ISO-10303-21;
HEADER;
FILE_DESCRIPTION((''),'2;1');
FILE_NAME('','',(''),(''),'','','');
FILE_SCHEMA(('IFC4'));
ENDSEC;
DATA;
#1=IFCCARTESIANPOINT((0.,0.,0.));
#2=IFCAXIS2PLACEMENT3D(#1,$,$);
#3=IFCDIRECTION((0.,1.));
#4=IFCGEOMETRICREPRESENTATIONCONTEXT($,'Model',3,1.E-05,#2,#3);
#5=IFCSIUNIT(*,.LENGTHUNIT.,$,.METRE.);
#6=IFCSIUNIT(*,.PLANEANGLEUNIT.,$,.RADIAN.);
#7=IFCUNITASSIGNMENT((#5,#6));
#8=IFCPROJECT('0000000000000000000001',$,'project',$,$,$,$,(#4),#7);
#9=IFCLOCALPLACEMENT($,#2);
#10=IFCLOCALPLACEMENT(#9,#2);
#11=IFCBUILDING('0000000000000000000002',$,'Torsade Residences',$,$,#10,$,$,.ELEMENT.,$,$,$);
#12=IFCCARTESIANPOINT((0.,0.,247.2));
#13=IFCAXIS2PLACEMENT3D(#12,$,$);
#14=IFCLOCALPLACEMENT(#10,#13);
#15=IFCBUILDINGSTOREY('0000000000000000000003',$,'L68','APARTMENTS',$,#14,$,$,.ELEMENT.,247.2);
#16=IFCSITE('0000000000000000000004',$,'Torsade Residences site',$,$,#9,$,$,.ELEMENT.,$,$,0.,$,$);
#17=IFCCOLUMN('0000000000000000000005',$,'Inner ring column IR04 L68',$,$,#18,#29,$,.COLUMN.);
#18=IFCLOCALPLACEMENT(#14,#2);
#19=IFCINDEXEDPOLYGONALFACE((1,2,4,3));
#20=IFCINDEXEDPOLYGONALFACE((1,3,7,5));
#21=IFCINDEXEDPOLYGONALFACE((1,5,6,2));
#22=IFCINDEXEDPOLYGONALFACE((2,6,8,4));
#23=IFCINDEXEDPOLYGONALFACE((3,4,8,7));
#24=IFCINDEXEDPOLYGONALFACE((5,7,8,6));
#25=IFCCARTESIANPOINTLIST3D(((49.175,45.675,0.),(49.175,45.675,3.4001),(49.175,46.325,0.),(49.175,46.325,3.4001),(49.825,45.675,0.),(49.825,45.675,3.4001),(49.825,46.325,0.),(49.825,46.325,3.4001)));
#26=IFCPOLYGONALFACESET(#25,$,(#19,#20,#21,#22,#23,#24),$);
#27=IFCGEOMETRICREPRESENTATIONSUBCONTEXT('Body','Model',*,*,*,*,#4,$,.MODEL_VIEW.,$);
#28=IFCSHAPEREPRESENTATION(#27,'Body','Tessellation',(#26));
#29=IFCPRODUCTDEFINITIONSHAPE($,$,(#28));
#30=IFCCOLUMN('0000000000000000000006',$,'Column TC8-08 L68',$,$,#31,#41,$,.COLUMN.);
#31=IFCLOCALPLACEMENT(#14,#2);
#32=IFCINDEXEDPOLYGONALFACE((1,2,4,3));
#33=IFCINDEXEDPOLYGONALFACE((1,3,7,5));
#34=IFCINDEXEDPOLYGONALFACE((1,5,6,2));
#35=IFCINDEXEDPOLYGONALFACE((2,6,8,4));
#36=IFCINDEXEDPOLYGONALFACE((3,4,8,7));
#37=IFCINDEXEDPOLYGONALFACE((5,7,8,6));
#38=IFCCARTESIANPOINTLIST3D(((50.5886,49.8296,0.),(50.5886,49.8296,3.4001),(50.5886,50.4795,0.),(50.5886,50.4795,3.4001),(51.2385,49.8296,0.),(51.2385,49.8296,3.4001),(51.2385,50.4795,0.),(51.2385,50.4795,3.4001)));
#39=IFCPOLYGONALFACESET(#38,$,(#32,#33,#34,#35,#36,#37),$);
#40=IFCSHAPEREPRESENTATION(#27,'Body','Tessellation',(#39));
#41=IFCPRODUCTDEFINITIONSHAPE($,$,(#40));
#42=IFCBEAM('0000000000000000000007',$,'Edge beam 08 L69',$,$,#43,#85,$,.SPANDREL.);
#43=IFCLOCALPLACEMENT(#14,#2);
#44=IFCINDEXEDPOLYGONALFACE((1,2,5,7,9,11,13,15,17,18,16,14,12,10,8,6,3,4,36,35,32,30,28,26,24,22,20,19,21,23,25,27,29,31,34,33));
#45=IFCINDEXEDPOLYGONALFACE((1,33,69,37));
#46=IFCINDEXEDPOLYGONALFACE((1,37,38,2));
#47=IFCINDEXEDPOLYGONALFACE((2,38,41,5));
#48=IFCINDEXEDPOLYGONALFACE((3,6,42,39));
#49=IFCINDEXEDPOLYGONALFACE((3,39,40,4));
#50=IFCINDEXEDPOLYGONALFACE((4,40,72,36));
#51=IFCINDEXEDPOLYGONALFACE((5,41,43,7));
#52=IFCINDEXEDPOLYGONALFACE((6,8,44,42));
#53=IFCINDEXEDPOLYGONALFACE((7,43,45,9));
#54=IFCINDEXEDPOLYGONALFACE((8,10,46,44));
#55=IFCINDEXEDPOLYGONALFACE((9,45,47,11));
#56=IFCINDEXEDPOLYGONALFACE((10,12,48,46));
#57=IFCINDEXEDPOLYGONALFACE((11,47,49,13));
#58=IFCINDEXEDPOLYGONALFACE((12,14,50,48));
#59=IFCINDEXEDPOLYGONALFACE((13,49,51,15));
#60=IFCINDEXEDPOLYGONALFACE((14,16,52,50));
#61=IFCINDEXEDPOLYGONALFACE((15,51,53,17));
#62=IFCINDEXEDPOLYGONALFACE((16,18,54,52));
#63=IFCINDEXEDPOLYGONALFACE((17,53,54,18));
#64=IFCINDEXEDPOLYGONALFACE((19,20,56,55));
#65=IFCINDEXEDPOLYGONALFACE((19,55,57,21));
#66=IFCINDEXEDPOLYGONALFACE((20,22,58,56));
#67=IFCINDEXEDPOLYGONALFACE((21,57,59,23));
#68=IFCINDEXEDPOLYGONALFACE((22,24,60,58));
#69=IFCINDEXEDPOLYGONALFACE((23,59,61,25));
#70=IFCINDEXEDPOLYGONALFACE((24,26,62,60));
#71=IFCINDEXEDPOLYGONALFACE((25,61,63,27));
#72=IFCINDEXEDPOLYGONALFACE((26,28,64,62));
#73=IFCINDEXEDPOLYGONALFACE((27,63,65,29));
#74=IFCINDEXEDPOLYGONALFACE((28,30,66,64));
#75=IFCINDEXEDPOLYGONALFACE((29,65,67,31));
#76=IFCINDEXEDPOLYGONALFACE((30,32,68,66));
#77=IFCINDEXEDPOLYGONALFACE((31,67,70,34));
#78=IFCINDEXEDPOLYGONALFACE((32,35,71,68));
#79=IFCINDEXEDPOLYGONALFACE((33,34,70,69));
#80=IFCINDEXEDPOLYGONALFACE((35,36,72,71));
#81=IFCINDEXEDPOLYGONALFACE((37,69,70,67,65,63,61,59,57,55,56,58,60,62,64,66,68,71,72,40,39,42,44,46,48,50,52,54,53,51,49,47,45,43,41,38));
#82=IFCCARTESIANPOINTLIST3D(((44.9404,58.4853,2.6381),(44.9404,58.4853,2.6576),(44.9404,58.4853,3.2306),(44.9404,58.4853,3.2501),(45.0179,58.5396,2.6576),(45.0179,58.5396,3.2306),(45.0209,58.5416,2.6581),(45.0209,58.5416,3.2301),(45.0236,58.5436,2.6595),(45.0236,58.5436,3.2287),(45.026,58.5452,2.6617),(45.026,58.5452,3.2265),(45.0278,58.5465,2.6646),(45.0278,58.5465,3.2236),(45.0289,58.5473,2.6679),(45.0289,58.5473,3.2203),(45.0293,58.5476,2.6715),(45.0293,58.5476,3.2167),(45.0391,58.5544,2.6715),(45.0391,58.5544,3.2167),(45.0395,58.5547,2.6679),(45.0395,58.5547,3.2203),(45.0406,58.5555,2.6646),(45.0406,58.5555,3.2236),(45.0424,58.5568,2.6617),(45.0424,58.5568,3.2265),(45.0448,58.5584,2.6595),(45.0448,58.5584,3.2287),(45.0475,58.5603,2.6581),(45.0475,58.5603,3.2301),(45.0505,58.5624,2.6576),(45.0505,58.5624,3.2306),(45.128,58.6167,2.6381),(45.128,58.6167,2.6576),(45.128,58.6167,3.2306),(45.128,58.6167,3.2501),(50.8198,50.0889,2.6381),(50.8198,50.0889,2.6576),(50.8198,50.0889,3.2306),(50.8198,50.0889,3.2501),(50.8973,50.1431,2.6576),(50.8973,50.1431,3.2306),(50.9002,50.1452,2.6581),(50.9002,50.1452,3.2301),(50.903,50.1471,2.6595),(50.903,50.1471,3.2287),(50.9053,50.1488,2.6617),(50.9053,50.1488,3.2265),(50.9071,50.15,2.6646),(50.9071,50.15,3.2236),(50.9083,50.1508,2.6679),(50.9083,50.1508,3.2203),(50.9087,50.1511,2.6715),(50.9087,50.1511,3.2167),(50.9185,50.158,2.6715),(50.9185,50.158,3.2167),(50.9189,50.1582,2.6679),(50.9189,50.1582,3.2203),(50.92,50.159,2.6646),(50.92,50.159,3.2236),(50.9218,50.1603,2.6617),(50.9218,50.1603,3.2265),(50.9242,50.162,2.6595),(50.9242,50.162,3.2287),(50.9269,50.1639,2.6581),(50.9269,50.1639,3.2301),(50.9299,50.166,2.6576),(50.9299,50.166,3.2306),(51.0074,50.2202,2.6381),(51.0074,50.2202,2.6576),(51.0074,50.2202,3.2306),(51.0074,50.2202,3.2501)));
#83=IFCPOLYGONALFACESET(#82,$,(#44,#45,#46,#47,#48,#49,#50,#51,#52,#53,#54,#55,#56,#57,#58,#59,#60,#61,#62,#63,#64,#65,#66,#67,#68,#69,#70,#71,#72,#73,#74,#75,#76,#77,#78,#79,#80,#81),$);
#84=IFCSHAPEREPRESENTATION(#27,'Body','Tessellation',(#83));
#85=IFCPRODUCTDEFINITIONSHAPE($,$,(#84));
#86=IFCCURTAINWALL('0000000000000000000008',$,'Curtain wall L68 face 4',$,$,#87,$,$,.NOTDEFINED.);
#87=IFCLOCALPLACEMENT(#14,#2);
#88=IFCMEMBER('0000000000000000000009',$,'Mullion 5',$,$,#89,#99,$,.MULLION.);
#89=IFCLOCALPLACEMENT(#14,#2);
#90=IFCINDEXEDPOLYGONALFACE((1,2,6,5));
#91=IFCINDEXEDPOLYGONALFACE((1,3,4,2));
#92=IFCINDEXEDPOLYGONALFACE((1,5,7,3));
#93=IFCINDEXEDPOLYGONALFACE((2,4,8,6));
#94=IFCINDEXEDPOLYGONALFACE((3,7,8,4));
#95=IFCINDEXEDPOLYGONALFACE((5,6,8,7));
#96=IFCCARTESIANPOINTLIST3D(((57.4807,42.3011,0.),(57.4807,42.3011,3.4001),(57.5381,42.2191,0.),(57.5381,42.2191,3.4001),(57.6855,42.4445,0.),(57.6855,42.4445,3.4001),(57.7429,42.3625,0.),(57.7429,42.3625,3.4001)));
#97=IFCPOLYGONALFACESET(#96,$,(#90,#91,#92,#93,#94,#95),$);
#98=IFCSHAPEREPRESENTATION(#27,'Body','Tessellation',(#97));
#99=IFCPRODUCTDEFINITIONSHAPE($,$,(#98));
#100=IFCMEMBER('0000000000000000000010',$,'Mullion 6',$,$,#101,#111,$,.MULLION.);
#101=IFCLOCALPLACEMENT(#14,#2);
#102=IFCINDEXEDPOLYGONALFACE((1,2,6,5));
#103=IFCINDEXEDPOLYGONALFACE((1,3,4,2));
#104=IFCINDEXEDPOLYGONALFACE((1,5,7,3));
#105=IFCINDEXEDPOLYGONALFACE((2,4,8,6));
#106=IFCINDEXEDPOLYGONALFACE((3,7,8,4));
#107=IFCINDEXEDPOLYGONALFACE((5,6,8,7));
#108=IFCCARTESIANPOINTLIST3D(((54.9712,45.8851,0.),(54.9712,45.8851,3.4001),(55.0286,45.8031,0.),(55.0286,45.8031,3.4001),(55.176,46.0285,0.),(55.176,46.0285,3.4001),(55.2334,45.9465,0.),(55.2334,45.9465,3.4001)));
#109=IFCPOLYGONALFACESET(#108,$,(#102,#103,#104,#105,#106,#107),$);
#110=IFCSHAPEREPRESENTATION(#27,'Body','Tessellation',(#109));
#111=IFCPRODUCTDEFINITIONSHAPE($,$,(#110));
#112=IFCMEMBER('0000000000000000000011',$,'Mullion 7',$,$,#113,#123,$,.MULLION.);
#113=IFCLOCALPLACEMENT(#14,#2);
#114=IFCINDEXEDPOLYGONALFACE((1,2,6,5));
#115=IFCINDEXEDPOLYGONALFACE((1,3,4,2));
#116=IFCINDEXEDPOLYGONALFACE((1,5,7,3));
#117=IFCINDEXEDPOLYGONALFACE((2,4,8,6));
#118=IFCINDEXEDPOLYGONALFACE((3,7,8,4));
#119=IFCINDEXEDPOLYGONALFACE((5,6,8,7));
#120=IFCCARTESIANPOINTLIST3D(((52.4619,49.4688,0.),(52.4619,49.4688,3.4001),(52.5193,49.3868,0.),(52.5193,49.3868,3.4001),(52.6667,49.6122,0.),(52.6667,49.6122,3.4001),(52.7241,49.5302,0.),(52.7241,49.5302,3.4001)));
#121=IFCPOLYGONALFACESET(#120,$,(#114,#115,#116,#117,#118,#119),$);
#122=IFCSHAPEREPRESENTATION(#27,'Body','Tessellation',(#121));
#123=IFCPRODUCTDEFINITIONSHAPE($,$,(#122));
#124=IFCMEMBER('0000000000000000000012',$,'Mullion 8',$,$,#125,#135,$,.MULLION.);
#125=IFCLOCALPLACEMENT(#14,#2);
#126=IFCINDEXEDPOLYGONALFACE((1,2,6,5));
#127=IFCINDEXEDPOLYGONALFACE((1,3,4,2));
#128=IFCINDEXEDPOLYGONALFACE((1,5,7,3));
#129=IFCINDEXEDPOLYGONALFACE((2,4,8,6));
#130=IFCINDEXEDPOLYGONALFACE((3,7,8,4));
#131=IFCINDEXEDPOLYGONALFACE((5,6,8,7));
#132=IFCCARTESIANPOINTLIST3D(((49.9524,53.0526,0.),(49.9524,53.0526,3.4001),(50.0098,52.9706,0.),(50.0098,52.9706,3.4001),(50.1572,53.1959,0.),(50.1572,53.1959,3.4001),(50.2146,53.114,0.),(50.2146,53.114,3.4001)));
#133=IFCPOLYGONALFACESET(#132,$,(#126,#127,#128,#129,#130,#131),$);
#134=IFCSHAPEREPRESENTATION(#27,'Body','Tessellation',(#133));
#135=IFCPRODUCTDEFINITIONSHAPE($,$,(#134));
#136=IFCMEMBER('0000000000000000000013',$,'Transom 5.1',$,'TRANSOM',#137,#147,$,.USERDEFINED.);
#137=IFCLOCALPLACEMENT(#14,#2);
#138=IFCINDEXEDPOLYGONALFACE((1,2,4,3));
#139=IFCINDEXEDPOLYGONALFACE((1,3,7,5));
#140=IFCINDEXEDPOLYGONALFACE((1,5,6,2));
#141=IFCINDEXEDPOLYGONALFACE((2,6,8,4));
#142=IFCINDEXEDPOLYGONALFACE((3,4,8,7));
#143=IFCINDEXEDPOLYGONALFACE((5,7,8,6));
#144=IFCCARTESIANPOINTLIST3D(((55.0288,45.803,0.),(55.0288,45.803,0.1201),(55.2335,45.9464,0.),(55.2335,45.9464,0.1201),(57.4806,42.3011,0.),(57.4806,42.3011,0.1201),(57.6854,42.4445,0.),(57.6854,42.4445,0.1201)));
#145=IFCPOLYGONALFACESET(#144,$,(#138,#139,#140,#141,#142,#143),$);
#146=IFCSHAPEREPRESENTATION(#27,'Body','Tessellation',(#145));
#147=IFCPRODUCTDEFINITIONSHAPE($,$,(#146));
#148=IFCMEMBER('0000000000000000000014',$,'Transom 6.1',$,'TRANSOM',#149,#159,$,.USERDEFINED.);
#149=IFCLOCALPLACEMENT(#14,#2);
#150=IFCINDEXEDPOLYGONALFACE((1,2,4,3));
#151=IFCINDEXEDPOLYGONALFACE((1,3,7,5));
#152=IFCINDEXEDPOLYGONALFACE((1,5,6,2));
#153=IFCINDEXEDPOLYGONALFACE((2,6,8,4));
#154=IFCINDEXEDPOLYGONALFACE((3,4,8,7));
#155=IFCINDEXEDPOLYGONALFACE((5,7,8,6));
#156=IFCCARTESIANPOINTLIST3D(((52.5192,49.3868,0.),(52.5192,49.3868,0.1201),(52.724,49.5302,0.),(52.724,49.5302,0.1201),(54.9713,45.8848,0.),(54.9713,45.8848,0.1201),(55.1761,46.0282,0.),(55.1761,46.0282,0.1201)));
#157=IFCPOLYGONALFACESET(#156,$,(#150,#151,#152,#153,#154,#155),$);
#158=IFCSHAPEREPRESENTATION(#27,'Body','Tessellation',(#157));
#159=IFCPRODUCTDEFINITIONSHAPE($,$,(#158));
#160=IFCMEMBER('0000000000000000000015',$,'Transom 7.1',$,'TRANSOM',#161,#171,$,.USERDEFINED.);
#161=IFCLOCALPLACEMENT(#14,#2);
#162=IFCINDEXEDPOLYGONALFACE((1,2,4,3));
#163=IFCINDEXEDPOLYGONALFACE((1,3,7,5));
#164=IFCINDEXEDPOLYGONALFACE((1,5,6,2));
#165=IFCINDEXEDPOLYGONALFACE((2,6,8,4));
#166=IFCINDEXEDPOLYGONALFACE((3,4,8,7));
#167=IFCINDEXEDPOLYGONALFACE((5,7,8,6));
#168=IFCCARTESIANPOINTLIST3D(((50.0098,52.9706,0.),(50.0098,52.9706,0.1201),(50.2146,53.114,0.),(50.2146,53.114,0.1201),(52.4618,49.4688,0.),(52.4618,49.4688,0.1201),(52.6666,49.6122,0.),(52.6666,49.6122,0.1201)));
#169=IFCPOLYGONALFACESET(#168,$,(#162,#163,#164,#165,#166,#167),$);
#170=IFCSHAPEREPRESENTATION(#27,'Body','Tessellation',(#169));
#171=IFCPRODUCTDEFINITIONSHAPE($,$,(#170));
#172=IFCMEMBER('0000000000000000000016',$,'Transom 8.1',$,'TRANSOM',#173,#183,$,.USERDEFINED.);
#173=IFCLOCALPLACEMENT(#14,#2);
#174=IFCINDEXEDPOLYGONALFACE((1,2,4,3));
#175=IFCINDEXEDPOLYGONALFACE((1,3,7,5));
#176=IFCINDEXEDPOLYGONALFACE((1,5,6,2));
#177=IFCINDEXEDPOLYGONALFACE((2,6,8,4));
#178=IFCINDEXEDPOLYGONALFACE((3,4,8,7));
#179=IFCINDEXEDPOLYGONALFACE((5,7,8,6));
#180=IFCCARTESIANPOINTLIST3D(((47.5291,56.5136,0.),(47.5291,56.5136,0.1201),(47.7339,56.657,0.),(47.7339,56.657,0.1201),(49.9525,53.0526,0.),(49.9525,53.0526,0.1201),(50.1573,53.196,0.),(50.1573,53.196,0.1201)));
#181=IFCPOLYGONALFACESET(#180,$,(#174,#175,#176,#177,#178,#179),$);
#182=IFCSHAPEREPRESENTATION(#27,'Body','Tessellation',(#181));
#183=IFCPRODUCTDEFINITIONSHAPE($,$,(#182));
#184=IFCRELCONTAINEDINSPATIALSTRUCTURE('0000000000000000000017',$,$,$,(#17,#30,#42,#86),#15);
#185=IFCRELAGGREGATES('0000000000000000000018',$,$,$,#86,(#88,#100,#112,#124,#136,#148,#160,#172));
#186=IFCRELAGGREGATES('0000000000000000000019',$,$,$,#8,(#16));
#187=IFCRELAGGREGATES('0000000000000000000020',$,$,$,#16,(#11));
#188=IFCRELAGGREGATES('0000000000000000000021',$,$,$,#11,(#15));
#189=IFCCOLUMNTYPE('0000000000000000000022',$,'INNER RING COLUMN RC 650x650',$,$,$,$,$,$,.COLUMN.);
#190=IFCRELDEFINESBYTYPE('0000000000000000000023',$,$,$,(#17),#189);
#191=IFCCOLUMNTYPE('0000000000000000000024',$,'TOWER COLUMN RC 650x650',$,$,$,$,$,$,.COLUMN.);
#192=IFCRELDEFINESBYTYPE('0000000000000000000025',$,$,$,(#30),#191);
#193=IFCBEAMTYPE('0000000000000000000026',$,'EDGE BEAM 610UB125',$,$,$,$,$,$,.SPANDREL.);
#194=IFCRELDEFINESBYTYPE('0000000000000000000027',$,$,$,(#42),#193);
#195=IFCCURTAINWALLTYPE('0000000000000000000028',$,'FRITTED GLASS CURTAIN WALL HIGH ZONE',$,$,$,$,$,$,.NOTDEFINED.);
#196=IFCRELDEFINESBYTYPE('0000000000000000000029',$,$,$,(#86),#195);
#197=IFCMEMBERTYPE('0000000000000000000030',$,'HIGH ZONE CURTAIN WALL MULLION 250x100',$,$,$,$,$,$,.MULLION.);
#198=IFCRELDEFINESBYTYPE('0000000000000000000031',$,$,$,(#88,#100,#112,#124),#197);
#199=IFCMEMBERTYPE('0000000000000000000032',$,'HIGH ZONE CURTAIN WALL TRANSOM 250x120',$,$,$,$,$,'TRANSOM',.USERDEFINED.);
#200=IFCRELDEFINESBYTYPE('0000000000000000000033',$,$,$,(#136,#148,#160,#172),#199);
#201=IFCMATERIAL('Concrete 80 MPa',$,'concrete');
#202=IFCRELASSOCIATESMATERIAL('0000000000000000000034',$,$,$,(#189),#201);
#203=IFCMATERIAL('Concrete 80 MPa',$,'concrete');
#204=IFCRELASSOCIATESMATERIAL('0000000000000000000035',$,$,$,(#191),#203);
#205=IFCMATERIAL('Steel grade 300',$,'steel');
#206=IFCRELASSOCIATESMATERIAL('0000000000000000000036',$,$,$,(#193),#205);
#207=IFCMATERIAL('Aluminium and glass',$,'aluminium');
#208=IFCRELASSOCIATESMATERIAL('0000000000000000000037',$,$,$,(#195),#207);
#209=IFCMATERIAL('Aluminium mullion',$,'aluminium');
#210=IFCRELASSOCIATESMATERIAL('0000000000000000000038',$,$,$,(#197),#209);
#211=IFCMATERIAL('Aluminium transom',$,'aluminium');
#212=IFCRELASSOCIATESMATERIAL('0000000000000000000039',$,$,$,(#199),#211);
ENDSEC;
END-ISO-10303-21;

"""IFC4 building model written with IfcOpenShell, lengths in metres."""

from ifc_helpers import new_model, si_unit, direction, frame, origin, origin_2d, place, context, subcontext, project, spatial, rectangle, i_section, extrude, material, material_profile, profile_set, type_object, element, aggregate, save


model = new_model("IFC4")

# Units and contexts
model_context = context("Model", 3, precision=1e-05, world=origin(), true_north=direction((0.0, 1.0)))
body_context = subcontext(model_context, "Body", "Model", "MODEL_VIEW")
ifc_project = project(units=[si_unit("LENGTHUNIT", "METRE"), si_unit("PLANEANGLEUNIT", "RADIAN")], contexts=[model_context])

# Site, building, storey
site_placement = place(None, origin())
site = spatial("IfcSite", under=ifc_project, at=site_placement, Name="Torsade Residences site", CompositionType="ELEMENT", RefElevation=0.0)
building_placement = place(site_placement, origin())
building = spatial("IfcBuilding", under=site, at=building_placement, Name="Torsade Residences", CompositionType="ELEMENT")
storey_placement = place(building_placement, frame((0.0, 0.0, 247.2)))
storey = spatial("IfcBuildingStorey", under=building, at=storey_placement, Name="L68", Description="APARTMENTS", CompositionType="ELEMENT", Elevation=247.2)

# Columns
ifc_material_1 = material(Name="Concrete 80 MPa", Category="concrete")
ifc_material_profile_1 = material_profile(ifc_material_1, rectangle(XDim=0.6499, YDim=0.6499, at=origin_2d()), Name="RC 650x650")
ifc_profile_set_1 = profile_set([ifc_material_profile_1], Name="Concrete 80 MPa")
column_type_1 = type_object("IfcColumnType", Name="INNER RING COLUMN RC 650x650", PredefinedType="COLUMN", material=ifc_profile_set_1)
column_1_placement = place(storey_placement, frame((49.5, 46.0, 0.0), z_axis=(0.0, 0.0, 1.0), x_axis=(1.0, 0.0, 0.0)))
element("IfcColumn", 1, at=column_1_placement, inside=storey, type_object=column_type_1, Name="Inner ring column IR04 L68", PredefinedType="COLUMN", context=body_context, shape_type="SweptSolid", body=[
    extrude(rectangle(XDim=0.6499, YDim=0.6499, at=origin_2d()), origin(), (0.0, 0.0, 1.0), 3.4001),
])
ifc_material_2 = material(Name="Concrete 80 MPa", Category="concrete")
ifc_material_profile_2 = material_profile(ifc_material_2, rectangle(XDim=0.6499, YDim=0.6499, at=origin_2d()), Name="RC 650x650")
ifc_profile_set_2 = profile_set([ifc_material_profile_2], Name="Concrete 80 MPa")
column_type_2 = type_object("IfcColumnType", Name="TOWER COLUMN RC 650x650", PredefinedType="COLUMN", material=ifc_profile_set_2)
column_2_placement = place(storey_placement, frame((50.9136, 50.1545, 0.0), z_axis=(0.0, 0.0, 1.0), x_axis=(1.0, 0.0, 0.0)))
element("IfcColumn", 2, at=column_2_placement, inside=storey, type_object=column_type_2, Name="Column TC8-08 L68", PredefinedType="COLUMN", context=body_context, shape_type="SweptSolid", body=[
    extrude(rectangle(XDim=0.6499, YDim=0.6499, at=origin_2d()), origin(), (0.0, 0.0, 1.0), 3.4001),
])

# Beam
ifc_material_3 = material(Name="Steel grade 300", Category="steel")
ifc_material_profile_3 = material_profile(ifc_material_3, i_section(OverallWidth=0.229, OverallDepth=0.6121, WebThickness=0.012, FlangeThickness=0.0195, FilletRadius=0.0139, at=origin_2d()), Name="610UB125")
ifc_profile_set_3 = profile_set([ifc_material_profile_3], Name="Steel grade 300")
beam_type_1 = type_object("IfcBeamType", Name="EDGE BEAM 610UB125", PredefinedType="SPANDREL", material=ifc_profile_set_3)
beam_1_placement = place(storey_placement, frame((50.9136, 50.1545, 2.9441), z_axis=(-0.573584, 0.819147, 0.0), x_axis=(-0.819147, -0.573584, 0.0)))
element("IfcBeam", 3, at=beam_1_placement, inside=storey, type_object=beam_type_1, Name="Edge beam 08 L69", PredefinedType="SPANDREL", context=body_context, shape_type="SweptSolid", body=[
    extrude(i_section(OverallWidth=0.229, OverallDepth=0.6121, WebThickness=0.012, FlangeThickness=0.0195, FilletRadius=0.0139, at=origin_2d()), origin(), (0.0, 0.0, 1.0), 10.2502),
])

# Curtain wall, members
ifc_material_4 = material(Name="Aluminium and glass", Category="aluminium")
curtain_wall_type = type_object("IfcCurtainWallType", Name="FRITTED GLASS CURTAIN WALL HIGH ZONE", PredefinedType="NOTDEFINED", material=ifc_material_4)
curtain_wall_placement = place(storey_placement, origin())
curtain_wall = element("IfcCurtainWall", 4, at=curtain_wall_placement, inside=storey, type_object=curtain_wall_type, Name="Curtain wall L68 face 4", PredefinedType="NOTDEFINED")
ifc_material_5 = material(Name="Aluminium mullion", Category="aluminium")
ifc_material_profile_4 = material_profile(ifc_material_5, rectangle(XDim=0.25, YDim=0.1001, at=origin_2d()), Name="HIGH ZONE CURTAIN WALL MULLION 250x100")
ifc_profile_set_4 = profile_set([ifc_material_profile_4], Name="Aluminium mullion")
member_type_1 = type_object("IfcMemberType", Name="HIGH ZONE CURTAIN WALL MULLION 250x100", PredefinedType="MULLION", material=ifc_profile_set_4)
member_1_placement = place(storey_placement, frame((57.6118, 42.3318, 0.0), z_axis=(0.0, 0.0, 1.0), x_axis=(-0.819152, -0.573576, 0.0)))
member_1 = element("IfcMember", 5, at=member_1_placement, type_object=member_type_1, Name="Mullion 5", PredefinedType="MULLION", context=body_context, shape_type="SweptSolid", body=[
    extrude(rectangle(XDim=0.25, YDim=0.1001, at=origin_2d()), origin(), (0.0, 0.0, 1.0), 3.4001),
])
member_2_placement = place(storey_placement, frame((55.1023, 45.9158, 0.0), z_axis=(0.0, 0.0, 1.0), x_axis=(-0.819152, -0.573576, 0.0)))
member_2 = element("IfcMember", 6, at=member_2_placement, type_object=member_type_1, Name="Mullion 6", PredefinedType="MULLION", context=body_context, shape_type="SweptSolid", body=[
    extrude(rectangle(XDim=0.25, YDim=0.1001, at=origin_2d()), origin(), (0.0, 0.0, 1.0), 3.4001),
])
member_3_placement = place(storey_placement, frame((52.593, 49.4995, 0.0), z_axis=(0.0, 0.0, 1.0), x_axis=(-0.819152, -0.573576, 0.0)))
member_3 = element("IfcMember", 7, at=member_3_placement, type_object=member_type_1, Name="Mullion 7", PredefinedType="MULLION", context=body_context, shape_type="SweptSolid", body=[
    extrude(rectangle(XDim=0.25, YDim=0.1001, at=origin_2d()), origin(), (0.0, 0.0, 1.0), 3.4001),
])
member_4_placement = place(storey_placement, frame((50.0835, 53.0833, 0.0), z_axis=(0.0, 0.0, 1.0), x_axis=(-0.819152, -0.573576, 0.0)))
member_4 = element("IfcMember", 8, at=member_4_placement, type_object=member_type_1, Name="Mullion 8", PredefinedType="MULLION", context=body_context, shape_type="SweptSolid", body=[
    extrude(rectangle(XDim=0.25, YDim=0.1001, at=origin_2d()), origin(), (0.0, 0.0, 1.0), 3.4001),
])
ifc_material_6 = material(Name="Aluminium transom", Category="aluminium")
ifc_material_profile_5 = material_profile(ifc_material_6, rectangle(XDim=0.25, YDim=0.1201, at=origin_2d()), Name="HIGH ZONE CURTAIN WALL TRANSOM 250x120")
ifc_profile_set_5 = profile_set([ifc_material_profile_5], Name="Aluminium transom")
member_type_2 = type_object("IfcMemberType", Name="HIGH ZONE CURTAIN WALL TRANSOM 250x120", ElementType="TRANSOM", PredefinedType="USERDEFINED", material=ifc_profile_set_5)
member_5_placement = place(storey_placement, frame((57.583, 42.3728, 0.0601), z_axis=(-0.573547, 0.819173, 0.0), x_axis=(-0.819173, -0.573547, 0.0)))
member_5 = element("IfcMember", 9, at=member_5_placement, type_object=member_type_2, Name="Transom 5.1", ObjectType="TRANSOM", PredefinedType="USERDEFINED", context=body_context, shape_type="SweptSolid", body=[
    extrude(rectangle(XDim=0.25, YDim=0.1201, at=origin_2d()), origin(), (0.0, 0.0, 1.0), 4.2749),
])
member_6_placement = place(storey_placement, frame((55.0737, 45.9565, 0.0601), z_axis=(-0.573585, 0.819146, 0.0), x_axis=(-0.819146, -0.573585, 0.0)))
member_6 = element("IfcMember", 10, at=member_6_placement, type_object=member_type_2, Name="Transom 6.1", ObjectType="TRANSOM", PredefinedType="USERDEFINED", context=body_context, shape_type="SweptSolid", body=[
    extrude(rectangle(XDim=0.25, YDim=0.1201, at=origin_2d()), origin(), (0.0, 0.0, 1.0), 4.2751),
])
member_7_placement = place(storey_placement, frame((52.5642, 49.5405, 0.0601), z_axis=(-0.573573, 0.819154, 0.0), x_axis=(-0.819154, -0.573573, 0.0)))
member_7 = element("IfcMember", 11, at=member_7_placement, type_object=member_type_2, Name="Transom 7.1", ObjectType="TRANSOM", PredefinedType="USERDEFINED", context=body_context, shape_type="SweptSolid", body=[
    extrude(rectangle(XDim=0.25, YDim=0.1201, at=origin_2d()), origin(), (0.0, 0.0, 1.0), 4.2749),
])
member_8_placement = place(storey_placement, frame((50.0549, 53.1243, 0.0601), z_axis=(-0.573571, 0.819156, 0.0), x_axis=(-0.819156, -0.573571, 0.0)))
member_8 = element("IfcMember", 12, at=member_8_placement, type_object=member_type_2, Name="Transom 8.1", ObjectType="TRANSOM", PredefinedType="USERDEFINED", context=body_context, shape_type="SweptSolid", body=[
    extrude(rectangle(XDim=0.25, YDim=0.1201, at=origin_2d()), origin(), (0.0, 0.0, 1.0), 4.2251),
])

aggregate(curtain_wall, [member_1, member_2, member_3, member_4, member_5, member_6, member_7, member_8])

save(model, "model.ifc")
